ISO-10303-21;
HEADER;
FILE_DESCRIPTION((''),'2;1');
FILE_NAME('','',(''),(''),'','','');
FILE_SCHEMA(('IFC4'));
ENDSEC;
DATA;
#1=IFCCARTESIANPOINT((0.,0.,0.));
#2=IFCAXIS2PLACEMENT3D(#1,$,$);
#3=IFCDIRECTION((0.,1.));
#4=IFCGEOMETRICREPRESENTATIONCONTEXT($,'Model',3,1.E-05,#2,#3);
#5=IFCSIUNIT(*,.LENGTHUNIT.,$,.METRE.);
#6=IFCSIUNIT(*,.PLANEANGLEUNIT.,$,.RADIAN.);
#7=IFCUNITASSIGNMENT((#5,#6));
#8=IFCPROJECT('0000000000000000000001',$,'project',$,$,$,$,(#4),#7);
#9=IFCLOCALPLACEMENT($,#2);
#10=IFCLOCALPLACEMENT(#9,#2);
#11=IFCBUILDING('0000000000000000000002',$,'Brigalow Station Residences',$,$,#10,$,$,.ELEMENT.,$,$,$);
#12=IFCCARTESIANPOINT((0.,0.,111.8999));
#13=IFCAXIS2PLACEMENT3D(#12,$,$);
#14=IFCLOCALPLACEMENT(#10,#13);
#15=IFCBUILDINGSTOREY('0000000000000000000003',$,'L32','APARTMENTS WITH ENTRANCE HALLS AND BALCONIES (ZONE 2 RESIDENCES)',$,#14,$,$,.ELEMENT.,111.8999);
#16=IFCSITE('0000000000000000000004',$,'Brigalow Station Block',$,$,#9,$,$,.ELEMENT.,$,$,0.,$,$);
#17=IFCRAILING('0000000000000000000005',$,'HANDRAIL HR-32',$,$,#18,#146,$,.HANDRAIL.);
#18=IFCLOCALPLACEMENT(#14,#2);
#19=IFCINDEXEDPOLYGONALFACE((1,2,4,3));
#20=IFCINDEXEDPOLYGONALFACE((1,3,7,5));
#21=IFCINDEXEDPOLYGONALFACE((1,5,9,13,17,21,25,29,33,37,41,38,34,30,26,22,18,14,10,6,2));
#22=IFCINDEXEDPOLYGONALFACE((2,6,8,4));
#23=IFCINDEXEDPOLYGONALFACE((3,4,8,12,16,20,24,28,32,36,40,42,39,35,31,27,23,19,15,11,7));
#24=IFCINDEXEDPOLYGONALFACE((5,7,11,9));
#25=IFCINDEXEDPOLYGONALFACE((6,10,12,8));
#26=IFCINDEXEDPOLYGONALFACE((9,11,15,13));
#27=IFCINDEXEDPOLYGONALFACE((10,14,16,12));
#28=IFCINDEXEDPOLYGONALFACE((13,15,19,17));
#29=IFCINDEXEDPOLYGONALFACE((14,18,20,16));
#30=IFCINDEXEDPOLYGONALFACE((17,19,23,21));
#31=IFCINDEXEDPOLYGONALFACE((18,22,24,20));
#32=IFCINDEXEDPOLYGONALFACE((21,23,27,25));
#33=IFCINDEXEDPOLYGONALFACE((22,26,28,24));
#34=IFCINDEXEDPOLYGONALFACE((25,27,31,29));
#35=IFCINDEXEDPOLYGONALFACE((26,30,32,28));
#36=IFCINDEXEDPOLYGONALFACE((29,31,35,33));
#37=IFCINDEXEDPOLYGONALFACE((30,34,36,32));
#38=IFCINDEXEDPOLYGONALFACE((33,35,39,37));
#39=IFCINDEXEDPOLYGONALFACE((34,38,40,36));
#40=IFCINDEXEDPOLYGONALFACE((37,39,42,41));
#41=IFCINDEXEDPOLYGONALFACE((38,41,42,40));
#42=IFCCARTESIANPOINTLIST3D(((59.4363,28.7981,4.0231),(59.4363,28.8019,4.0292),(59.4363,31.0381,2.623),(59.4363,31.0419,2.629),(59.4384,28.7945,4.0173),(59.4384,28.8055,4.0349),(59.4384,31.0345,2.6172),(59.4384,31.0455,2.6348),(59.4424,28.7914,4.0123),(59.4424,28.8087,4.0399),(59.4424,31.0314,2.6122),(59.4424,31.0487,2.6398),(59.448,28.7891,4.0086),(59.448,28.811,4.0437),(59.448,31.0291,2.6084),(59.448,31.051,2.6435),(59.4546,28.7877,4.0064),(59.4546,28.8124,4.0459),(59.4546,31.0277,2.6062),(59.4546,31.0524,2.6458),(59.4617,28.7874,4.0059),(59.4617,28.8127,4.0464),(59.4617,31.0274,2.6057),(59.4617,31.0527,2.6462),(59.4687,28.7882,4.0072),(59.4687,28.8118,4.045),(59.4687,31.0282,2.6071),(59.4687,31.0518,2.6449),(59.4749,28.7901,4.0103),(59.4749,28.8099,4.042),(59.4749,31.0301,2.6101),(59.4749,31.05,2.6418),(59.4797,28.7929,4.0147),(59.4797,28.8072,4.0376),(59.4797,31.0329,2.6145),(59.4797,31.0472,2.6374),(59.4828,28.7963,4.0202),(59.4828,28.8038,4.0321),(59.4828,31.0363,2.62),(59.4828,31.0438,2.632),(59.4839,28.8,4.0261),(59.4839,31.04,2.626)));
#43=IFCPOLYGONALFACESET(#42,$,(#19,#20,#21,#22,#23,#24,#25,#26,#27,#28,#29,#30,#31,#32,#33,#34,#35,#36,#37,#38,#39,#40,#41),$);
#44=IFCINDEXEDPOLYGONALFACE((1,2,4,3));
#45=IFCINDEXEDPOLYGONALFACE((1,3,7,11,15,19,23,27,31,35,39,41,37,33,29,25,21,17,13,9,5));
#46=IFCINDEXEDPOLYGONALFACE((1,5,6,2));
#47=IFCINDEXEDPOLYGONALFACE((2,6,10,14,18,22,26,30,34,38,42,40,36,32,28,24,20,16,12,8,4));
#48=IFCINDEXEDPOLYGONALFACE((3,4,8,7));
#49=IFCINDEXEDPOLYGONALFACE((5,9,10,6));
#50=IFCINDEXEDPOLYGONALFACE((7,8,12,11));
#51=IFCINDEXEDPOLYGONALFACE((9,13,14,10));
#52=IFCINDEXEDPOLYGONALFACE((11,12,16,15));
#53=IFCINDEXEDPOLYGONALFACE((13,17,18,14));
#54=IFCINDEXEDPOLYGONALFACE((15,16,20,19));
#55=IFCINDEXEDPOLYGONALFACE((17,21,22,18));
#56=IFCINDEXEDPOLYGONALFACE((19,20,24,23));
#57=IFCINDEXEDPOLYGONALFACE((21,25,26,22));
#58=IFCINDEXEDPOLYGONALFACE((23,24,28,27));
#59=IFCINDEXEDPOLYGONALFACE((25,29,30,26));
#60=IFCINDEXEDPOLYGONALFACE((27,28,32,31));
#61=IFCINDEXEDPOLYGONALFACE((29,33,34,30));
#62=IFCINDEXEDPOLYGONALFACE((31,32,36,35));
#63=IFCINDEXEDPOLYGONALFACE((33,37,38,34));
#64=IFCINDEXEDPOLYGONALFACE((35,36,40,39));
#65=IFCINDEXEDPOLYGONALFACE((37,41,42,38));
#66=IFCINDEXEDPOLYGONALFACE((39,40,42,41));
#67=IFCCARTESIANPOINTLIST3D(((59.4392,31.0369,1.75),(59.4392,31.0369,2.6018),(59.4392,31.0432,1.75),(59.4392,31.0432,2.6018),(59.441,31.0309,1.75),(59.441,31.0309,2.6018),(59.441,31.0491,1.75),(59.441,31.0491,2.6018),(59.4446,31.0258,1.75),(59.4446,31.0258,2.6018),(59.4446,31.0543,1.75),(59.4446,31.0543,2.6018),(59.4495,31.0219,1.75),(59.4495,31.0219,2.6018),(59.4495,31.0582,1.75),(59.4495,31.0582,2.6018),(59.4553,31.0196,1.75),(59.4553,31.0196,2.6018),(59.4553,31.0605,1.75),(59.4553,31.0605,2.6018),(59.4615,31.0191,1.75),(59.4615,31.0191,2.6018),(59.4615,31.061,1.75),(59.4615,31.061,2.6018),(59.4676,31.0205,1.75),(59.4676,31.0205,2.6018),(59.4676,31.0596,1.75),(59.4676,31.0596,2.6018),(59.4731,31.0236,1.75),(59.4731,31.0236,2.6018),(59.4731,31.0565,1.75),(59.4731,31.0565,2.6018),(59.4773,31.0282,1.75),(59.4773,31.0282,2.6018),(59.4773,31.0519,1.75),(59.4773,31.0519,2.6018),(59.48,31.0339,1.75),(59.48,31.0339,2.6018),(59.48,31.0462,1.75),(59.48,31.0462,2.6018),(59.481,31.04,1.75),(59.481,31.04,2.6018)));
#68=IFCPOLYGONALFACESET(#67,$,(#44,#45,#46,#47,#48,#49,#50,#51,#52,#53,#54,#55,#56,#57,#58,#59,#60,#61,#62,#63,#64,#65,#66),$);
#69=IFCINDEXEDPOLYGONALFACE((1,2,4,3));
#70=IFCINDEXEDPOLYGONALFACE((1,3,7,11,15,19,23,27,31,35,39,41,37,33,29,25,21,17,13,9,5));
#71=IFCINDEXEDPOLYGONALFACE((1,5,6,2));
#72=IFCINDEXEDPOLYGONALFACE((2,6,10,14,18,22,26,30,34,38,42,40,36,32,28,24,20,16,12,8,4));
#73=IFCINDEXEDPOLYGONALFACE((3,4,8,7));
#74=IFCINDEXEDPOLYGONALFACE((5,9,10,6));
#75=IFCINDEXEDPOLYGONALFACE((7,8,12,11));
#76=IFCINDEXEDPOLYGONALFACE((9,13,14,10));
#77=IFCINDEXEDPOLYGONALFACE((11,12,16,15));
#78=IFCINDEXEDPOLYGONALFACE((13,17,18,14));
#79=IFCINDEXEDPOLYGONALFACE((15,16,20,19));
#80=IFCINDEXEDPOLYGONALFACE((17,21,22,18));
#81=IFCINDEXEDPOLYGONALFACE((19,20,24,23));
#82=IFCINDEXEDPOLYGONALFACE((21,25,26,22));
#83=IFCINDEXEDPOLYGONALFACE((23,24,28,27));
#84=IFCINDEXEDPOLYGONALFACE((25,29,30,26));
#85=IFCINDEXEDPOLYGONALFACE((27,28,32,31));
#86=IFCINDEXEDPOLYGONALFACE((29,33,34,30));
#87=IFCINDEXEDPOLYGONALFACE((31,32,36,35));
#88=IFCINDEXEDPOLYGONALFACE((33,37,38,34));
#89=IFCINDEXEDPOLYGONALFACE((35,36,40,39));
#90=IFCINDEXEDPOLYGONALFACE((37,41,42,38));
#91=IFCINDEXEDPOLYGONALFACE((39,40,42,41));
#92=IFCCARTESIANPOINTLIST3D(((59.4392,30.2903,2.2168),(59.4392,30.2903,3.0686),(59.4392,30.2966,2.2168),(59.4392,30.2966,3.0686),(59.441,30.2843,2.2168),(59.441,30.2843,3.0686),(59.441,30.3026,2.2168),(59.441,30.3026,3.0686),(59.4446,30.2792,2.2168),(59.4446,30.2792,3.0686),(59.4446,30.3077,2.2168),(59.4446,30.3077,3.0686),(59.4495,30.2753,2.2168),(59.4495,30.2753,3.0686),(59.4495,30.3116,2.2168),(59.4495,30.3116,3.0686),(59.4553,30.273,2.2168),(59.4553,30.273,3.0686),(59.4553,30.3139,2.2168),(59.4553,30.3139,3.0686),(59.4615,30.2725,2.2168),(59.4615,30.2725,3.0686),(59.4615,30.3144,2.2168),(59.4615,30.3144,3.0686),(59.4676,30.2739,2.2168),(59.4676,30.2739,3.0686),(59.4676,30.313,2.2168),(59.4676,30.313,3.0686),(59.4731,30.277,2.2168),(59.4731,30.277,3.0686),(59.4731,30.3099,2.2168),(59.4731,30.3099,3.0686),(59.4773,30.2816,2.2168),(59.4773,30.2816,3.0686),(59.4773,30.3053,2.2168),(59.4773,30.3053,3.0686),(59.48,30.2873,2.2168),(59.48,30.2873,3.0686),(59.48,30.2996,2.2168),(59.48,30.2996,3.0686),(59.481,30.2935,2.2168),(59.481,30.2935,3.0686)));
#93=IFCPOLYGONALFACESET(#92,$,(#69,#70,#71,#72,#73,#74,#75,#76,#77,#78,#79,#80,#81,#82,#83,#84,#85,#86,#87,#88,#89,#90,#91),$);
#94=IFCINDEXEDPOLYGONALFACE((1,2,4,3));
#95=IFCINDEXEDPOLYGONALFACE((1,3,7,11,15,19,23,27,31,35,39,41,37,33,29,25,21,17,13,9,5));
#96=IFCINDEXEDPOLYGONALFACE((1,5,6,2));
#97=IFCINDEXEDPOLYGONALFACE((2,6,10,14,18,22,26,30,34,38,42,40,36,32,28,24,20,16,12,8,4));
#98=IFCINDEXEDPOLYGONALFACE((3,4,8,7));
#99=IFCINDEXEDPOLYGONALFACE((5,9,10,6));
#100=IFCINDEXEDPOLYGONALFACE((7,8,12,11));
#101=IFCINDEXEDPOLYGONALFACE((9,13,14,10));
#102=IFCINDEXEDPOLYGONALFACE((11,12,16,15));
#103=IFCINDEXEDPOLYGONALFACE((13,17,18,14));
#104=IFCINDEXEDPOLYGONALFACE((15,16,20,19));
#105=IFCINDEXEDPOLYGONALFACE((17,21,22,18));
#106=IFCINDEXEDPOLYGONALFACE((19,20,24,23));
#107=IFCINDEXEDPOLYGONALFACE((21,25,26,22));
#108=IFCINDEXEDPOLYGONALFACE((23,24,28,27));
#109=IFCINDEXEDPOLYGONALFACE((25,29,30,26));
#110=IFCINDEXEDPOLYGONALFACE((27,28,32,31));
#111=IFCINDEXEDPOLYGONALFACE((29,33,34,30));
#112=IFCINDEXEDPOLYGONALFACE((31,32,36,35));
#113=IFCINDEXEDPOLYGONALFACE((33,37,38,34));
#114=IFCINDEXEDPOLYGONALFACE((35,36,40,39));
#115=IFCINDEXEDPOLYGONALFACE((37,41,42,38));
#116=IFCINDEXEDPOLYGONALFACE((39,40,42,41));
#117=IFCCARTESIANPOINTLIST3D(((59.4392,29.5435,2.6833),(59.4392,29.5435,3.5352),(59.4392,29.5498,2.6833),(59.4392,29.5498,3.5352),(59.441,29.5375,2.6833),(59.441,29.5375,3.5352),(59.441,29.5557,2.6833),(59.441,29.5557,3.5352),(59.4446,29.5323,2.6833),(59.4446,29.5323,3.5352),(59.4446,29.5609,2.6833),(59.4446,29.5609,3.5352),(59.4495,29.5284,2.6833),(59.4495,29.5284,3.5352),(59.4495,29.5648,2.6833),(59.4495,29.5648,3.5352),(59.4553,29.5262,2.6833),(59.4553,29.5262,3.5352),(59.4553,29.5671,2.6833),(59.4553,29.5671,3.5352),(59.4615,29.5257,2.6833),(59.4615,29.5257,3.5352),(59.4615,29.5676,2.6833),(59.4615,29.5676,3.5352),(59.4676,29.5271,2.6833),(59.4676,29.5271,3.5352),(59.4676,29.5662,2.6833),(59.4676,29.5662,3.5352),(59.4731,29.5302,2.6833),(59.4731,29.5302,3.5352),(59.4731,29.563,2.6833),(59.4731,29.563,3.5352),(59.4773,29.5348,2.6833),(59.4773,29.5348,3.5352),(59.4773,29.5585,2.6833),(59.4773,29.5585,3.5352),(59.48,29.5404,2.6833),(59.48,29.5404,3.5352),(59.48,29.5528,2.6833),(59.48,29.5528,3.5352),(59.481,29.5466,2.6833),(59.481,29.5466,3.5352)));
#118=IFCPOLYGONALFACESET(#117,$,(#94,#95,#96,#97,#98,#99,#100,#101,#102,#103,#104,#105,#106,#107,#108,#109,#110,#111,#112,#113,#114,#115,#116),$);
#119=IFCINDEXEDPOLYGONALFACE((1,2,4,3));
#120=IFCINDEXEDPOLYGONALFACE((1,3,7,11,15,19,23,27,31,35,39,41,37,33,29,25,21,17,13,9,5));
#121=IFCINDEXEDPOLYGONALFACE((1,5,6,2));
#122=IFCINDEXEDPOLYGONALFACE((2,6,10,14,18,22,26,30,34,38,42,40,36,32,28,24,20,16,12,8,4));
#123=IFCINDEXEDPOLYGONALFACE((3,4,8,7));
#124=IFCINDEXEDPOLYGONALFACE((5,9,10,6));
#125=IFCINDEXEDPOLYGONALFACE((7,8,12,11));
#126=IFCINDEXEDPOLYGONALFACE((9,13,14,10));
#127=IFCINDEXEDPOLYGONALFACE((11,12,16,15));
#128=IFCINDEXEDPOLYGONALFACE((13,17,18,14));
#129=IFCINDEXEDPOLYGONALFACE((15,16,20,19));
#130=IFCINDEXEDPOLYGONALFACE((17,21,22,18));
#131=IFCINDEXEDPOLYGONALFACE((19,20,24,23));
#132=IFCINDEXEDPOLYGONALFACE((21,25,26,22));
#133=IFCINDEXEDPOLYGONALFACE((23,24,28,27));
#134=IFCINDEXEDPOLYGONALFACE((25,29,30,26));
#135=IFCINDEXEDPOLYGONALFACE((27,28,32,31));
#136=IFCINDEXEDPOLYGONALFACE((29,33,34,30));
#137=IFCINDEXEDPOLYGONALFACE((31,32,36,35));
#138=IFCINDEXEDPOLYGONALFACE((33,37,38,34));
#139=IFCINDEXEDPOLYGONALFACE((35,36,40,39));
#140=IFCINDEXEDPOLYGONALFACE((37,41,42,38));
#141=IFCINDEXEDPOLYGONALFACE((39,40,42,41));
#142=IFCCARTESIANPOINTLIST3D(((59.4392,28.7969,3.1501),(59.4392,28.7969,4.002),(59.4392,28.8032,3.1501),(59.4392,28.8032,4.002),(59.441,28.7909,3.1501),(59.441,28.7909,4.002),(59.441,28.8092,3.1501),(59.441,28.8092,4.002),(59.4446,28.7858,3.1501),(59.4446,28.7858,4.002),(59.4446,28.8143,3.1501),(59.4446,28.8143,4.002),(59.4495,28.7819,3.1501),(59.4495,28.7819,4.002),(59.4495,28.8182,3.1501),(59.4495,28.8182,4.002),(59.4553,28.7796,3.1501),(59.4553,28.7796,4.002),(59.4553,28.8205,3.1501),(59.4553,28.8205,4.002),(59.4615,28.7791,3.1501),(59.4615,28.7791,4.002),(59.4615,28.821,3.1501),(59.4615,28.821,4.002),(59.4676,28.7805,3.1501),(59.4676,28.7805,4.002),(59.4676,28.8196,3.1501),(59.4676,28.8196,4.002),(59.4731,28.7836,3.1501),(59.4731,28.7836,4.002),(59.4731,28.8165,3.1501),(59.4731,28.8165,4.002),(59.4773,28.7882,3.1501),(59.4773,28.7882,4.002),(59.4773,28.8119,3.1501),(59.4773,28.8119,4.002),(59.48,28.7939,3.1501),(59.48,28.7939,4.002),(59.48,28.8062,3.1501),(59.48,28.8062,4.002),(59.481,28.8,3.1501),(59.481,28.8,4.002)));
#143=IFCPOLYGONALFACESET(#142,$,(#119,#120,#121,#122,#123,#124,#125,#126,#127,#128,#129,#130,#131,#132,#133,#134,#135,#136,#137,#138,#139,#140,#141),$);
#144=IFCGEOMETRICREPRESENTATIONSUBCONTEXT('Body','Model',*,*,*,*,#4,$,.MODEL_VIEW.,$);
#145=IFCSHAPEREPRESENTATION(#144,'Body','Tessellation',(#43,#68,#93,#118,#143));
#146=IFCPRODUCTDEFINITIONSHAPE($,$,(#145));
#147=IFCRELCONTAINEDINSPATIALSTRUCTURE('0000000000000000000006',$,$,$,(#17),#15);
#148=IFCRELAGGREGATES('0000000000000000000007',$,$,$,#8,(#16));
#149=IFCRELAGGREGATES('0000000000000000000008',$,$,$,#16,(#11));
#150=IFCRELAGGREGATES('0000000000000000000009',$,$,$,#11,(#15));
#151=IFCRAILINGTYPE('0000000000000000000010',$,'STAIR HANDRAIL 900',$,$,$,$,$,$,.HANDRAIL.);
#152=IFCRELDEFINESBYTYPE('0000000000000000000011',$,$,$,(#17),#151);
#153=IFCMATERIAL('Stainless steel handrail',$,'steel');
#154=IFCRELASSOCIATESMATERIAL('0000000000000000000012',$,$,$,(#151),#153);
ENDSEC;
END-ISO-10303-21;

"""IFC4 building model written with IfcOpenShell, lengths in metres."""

from ifc_helpers import new_model, si_unit, direction, frame, origin, origin_2d, place, context, subcontext, project, spatial, circle, extrude, material, type_object, element, save


model = new_model("IFC4")

# Units and contexts
model_context = context("Model", 3, precision=1e-05, world=origin(), true_north=direction((0.0, 1.0)))
body_context = subcontext(model_context, "Body", "Model", "MODEL_VIEW")
ifc_project = project(units=[si_unit("LENGTHUNIT", "METRE"), si_unit("PLANEANGLEUNIT", "RADIAN")], contexts=[model_context])

# Site, building, storey
site_placement = place(None, origin())
site = spatial("IfcSite", under=ifc_project, at=site_placement, Name="Brigalow Station Block", CompositionType="ELEMENT", RefElevation=0.0)
building_placement = place(site_placement, origin())
building = spatial("IfcBuilding", under=site, at=building_placement, Name="Brigalow Station Residences", CompositionType="ELEMENT")
storey_placement = place(building_placement, frame((0.0, 0.0, 111.8999)))
storey = spatial("IfcBuildingStorey", under=building, at=storey_placement, Name="L32", Description="APARTMENTS WITH ENTRANCE HALLS AND BALCONIES (ZONE 2 RESIDENCES)", CompositionType="ELEMENT", Elevation=111.8999)

# Railing
ifc_material_1 = material(Name="Stainless steel handrail", Category="steel")
railing_type = type_object("IfcRailingType", Name="STAIR HANDRAIL 900", PredefinedType="HANDRAIL", material=ifc_material_1)
railing_placement = place(storey_placement, frame((59.46, 31.04, 1.75)))
element("IfcRailing", 1, at=railing_placement, inside=storey, type_object=railing_type, Name="HANDRAIL HR-32", PredefinedType="HANDRAIL", context=body_context, shape_type="SweptSolid", body=[
    extrude(circle(Radius=0.0239, at=origin_2d()), frame((0.0, 0.0, 0.876), z_axis=(0.0, -0.847972, 0.53004), x_axis=(1.0, 0.0, 0.0)), (0.0, 0.0, 1.0), 2.6416),
    extrude(circle(Radius=0.021, at=origin_2d()), origin(), (0.0, 0.0, 1.0), 0.8518),
    extrude(circle(Radius=0.021, at=origin_2d()), frame((0.0, -0.7466, 0.4668)), (0.0, 0.0, 1.0), 0.8518),
    extrude(circle(Radius=0.021, at=origin_2d()), frame((0.0, -1.4934, 0.9333)), (0.0, 0.0, 1.0), 0.8518),
    extrude(circle(Radius=0.021, at=origin_2d()), frame((0.0, -2.24, 1.4001)), (0.0, 0.0, 1.0), 0.8518),
])

save(model, "model.ifc")
